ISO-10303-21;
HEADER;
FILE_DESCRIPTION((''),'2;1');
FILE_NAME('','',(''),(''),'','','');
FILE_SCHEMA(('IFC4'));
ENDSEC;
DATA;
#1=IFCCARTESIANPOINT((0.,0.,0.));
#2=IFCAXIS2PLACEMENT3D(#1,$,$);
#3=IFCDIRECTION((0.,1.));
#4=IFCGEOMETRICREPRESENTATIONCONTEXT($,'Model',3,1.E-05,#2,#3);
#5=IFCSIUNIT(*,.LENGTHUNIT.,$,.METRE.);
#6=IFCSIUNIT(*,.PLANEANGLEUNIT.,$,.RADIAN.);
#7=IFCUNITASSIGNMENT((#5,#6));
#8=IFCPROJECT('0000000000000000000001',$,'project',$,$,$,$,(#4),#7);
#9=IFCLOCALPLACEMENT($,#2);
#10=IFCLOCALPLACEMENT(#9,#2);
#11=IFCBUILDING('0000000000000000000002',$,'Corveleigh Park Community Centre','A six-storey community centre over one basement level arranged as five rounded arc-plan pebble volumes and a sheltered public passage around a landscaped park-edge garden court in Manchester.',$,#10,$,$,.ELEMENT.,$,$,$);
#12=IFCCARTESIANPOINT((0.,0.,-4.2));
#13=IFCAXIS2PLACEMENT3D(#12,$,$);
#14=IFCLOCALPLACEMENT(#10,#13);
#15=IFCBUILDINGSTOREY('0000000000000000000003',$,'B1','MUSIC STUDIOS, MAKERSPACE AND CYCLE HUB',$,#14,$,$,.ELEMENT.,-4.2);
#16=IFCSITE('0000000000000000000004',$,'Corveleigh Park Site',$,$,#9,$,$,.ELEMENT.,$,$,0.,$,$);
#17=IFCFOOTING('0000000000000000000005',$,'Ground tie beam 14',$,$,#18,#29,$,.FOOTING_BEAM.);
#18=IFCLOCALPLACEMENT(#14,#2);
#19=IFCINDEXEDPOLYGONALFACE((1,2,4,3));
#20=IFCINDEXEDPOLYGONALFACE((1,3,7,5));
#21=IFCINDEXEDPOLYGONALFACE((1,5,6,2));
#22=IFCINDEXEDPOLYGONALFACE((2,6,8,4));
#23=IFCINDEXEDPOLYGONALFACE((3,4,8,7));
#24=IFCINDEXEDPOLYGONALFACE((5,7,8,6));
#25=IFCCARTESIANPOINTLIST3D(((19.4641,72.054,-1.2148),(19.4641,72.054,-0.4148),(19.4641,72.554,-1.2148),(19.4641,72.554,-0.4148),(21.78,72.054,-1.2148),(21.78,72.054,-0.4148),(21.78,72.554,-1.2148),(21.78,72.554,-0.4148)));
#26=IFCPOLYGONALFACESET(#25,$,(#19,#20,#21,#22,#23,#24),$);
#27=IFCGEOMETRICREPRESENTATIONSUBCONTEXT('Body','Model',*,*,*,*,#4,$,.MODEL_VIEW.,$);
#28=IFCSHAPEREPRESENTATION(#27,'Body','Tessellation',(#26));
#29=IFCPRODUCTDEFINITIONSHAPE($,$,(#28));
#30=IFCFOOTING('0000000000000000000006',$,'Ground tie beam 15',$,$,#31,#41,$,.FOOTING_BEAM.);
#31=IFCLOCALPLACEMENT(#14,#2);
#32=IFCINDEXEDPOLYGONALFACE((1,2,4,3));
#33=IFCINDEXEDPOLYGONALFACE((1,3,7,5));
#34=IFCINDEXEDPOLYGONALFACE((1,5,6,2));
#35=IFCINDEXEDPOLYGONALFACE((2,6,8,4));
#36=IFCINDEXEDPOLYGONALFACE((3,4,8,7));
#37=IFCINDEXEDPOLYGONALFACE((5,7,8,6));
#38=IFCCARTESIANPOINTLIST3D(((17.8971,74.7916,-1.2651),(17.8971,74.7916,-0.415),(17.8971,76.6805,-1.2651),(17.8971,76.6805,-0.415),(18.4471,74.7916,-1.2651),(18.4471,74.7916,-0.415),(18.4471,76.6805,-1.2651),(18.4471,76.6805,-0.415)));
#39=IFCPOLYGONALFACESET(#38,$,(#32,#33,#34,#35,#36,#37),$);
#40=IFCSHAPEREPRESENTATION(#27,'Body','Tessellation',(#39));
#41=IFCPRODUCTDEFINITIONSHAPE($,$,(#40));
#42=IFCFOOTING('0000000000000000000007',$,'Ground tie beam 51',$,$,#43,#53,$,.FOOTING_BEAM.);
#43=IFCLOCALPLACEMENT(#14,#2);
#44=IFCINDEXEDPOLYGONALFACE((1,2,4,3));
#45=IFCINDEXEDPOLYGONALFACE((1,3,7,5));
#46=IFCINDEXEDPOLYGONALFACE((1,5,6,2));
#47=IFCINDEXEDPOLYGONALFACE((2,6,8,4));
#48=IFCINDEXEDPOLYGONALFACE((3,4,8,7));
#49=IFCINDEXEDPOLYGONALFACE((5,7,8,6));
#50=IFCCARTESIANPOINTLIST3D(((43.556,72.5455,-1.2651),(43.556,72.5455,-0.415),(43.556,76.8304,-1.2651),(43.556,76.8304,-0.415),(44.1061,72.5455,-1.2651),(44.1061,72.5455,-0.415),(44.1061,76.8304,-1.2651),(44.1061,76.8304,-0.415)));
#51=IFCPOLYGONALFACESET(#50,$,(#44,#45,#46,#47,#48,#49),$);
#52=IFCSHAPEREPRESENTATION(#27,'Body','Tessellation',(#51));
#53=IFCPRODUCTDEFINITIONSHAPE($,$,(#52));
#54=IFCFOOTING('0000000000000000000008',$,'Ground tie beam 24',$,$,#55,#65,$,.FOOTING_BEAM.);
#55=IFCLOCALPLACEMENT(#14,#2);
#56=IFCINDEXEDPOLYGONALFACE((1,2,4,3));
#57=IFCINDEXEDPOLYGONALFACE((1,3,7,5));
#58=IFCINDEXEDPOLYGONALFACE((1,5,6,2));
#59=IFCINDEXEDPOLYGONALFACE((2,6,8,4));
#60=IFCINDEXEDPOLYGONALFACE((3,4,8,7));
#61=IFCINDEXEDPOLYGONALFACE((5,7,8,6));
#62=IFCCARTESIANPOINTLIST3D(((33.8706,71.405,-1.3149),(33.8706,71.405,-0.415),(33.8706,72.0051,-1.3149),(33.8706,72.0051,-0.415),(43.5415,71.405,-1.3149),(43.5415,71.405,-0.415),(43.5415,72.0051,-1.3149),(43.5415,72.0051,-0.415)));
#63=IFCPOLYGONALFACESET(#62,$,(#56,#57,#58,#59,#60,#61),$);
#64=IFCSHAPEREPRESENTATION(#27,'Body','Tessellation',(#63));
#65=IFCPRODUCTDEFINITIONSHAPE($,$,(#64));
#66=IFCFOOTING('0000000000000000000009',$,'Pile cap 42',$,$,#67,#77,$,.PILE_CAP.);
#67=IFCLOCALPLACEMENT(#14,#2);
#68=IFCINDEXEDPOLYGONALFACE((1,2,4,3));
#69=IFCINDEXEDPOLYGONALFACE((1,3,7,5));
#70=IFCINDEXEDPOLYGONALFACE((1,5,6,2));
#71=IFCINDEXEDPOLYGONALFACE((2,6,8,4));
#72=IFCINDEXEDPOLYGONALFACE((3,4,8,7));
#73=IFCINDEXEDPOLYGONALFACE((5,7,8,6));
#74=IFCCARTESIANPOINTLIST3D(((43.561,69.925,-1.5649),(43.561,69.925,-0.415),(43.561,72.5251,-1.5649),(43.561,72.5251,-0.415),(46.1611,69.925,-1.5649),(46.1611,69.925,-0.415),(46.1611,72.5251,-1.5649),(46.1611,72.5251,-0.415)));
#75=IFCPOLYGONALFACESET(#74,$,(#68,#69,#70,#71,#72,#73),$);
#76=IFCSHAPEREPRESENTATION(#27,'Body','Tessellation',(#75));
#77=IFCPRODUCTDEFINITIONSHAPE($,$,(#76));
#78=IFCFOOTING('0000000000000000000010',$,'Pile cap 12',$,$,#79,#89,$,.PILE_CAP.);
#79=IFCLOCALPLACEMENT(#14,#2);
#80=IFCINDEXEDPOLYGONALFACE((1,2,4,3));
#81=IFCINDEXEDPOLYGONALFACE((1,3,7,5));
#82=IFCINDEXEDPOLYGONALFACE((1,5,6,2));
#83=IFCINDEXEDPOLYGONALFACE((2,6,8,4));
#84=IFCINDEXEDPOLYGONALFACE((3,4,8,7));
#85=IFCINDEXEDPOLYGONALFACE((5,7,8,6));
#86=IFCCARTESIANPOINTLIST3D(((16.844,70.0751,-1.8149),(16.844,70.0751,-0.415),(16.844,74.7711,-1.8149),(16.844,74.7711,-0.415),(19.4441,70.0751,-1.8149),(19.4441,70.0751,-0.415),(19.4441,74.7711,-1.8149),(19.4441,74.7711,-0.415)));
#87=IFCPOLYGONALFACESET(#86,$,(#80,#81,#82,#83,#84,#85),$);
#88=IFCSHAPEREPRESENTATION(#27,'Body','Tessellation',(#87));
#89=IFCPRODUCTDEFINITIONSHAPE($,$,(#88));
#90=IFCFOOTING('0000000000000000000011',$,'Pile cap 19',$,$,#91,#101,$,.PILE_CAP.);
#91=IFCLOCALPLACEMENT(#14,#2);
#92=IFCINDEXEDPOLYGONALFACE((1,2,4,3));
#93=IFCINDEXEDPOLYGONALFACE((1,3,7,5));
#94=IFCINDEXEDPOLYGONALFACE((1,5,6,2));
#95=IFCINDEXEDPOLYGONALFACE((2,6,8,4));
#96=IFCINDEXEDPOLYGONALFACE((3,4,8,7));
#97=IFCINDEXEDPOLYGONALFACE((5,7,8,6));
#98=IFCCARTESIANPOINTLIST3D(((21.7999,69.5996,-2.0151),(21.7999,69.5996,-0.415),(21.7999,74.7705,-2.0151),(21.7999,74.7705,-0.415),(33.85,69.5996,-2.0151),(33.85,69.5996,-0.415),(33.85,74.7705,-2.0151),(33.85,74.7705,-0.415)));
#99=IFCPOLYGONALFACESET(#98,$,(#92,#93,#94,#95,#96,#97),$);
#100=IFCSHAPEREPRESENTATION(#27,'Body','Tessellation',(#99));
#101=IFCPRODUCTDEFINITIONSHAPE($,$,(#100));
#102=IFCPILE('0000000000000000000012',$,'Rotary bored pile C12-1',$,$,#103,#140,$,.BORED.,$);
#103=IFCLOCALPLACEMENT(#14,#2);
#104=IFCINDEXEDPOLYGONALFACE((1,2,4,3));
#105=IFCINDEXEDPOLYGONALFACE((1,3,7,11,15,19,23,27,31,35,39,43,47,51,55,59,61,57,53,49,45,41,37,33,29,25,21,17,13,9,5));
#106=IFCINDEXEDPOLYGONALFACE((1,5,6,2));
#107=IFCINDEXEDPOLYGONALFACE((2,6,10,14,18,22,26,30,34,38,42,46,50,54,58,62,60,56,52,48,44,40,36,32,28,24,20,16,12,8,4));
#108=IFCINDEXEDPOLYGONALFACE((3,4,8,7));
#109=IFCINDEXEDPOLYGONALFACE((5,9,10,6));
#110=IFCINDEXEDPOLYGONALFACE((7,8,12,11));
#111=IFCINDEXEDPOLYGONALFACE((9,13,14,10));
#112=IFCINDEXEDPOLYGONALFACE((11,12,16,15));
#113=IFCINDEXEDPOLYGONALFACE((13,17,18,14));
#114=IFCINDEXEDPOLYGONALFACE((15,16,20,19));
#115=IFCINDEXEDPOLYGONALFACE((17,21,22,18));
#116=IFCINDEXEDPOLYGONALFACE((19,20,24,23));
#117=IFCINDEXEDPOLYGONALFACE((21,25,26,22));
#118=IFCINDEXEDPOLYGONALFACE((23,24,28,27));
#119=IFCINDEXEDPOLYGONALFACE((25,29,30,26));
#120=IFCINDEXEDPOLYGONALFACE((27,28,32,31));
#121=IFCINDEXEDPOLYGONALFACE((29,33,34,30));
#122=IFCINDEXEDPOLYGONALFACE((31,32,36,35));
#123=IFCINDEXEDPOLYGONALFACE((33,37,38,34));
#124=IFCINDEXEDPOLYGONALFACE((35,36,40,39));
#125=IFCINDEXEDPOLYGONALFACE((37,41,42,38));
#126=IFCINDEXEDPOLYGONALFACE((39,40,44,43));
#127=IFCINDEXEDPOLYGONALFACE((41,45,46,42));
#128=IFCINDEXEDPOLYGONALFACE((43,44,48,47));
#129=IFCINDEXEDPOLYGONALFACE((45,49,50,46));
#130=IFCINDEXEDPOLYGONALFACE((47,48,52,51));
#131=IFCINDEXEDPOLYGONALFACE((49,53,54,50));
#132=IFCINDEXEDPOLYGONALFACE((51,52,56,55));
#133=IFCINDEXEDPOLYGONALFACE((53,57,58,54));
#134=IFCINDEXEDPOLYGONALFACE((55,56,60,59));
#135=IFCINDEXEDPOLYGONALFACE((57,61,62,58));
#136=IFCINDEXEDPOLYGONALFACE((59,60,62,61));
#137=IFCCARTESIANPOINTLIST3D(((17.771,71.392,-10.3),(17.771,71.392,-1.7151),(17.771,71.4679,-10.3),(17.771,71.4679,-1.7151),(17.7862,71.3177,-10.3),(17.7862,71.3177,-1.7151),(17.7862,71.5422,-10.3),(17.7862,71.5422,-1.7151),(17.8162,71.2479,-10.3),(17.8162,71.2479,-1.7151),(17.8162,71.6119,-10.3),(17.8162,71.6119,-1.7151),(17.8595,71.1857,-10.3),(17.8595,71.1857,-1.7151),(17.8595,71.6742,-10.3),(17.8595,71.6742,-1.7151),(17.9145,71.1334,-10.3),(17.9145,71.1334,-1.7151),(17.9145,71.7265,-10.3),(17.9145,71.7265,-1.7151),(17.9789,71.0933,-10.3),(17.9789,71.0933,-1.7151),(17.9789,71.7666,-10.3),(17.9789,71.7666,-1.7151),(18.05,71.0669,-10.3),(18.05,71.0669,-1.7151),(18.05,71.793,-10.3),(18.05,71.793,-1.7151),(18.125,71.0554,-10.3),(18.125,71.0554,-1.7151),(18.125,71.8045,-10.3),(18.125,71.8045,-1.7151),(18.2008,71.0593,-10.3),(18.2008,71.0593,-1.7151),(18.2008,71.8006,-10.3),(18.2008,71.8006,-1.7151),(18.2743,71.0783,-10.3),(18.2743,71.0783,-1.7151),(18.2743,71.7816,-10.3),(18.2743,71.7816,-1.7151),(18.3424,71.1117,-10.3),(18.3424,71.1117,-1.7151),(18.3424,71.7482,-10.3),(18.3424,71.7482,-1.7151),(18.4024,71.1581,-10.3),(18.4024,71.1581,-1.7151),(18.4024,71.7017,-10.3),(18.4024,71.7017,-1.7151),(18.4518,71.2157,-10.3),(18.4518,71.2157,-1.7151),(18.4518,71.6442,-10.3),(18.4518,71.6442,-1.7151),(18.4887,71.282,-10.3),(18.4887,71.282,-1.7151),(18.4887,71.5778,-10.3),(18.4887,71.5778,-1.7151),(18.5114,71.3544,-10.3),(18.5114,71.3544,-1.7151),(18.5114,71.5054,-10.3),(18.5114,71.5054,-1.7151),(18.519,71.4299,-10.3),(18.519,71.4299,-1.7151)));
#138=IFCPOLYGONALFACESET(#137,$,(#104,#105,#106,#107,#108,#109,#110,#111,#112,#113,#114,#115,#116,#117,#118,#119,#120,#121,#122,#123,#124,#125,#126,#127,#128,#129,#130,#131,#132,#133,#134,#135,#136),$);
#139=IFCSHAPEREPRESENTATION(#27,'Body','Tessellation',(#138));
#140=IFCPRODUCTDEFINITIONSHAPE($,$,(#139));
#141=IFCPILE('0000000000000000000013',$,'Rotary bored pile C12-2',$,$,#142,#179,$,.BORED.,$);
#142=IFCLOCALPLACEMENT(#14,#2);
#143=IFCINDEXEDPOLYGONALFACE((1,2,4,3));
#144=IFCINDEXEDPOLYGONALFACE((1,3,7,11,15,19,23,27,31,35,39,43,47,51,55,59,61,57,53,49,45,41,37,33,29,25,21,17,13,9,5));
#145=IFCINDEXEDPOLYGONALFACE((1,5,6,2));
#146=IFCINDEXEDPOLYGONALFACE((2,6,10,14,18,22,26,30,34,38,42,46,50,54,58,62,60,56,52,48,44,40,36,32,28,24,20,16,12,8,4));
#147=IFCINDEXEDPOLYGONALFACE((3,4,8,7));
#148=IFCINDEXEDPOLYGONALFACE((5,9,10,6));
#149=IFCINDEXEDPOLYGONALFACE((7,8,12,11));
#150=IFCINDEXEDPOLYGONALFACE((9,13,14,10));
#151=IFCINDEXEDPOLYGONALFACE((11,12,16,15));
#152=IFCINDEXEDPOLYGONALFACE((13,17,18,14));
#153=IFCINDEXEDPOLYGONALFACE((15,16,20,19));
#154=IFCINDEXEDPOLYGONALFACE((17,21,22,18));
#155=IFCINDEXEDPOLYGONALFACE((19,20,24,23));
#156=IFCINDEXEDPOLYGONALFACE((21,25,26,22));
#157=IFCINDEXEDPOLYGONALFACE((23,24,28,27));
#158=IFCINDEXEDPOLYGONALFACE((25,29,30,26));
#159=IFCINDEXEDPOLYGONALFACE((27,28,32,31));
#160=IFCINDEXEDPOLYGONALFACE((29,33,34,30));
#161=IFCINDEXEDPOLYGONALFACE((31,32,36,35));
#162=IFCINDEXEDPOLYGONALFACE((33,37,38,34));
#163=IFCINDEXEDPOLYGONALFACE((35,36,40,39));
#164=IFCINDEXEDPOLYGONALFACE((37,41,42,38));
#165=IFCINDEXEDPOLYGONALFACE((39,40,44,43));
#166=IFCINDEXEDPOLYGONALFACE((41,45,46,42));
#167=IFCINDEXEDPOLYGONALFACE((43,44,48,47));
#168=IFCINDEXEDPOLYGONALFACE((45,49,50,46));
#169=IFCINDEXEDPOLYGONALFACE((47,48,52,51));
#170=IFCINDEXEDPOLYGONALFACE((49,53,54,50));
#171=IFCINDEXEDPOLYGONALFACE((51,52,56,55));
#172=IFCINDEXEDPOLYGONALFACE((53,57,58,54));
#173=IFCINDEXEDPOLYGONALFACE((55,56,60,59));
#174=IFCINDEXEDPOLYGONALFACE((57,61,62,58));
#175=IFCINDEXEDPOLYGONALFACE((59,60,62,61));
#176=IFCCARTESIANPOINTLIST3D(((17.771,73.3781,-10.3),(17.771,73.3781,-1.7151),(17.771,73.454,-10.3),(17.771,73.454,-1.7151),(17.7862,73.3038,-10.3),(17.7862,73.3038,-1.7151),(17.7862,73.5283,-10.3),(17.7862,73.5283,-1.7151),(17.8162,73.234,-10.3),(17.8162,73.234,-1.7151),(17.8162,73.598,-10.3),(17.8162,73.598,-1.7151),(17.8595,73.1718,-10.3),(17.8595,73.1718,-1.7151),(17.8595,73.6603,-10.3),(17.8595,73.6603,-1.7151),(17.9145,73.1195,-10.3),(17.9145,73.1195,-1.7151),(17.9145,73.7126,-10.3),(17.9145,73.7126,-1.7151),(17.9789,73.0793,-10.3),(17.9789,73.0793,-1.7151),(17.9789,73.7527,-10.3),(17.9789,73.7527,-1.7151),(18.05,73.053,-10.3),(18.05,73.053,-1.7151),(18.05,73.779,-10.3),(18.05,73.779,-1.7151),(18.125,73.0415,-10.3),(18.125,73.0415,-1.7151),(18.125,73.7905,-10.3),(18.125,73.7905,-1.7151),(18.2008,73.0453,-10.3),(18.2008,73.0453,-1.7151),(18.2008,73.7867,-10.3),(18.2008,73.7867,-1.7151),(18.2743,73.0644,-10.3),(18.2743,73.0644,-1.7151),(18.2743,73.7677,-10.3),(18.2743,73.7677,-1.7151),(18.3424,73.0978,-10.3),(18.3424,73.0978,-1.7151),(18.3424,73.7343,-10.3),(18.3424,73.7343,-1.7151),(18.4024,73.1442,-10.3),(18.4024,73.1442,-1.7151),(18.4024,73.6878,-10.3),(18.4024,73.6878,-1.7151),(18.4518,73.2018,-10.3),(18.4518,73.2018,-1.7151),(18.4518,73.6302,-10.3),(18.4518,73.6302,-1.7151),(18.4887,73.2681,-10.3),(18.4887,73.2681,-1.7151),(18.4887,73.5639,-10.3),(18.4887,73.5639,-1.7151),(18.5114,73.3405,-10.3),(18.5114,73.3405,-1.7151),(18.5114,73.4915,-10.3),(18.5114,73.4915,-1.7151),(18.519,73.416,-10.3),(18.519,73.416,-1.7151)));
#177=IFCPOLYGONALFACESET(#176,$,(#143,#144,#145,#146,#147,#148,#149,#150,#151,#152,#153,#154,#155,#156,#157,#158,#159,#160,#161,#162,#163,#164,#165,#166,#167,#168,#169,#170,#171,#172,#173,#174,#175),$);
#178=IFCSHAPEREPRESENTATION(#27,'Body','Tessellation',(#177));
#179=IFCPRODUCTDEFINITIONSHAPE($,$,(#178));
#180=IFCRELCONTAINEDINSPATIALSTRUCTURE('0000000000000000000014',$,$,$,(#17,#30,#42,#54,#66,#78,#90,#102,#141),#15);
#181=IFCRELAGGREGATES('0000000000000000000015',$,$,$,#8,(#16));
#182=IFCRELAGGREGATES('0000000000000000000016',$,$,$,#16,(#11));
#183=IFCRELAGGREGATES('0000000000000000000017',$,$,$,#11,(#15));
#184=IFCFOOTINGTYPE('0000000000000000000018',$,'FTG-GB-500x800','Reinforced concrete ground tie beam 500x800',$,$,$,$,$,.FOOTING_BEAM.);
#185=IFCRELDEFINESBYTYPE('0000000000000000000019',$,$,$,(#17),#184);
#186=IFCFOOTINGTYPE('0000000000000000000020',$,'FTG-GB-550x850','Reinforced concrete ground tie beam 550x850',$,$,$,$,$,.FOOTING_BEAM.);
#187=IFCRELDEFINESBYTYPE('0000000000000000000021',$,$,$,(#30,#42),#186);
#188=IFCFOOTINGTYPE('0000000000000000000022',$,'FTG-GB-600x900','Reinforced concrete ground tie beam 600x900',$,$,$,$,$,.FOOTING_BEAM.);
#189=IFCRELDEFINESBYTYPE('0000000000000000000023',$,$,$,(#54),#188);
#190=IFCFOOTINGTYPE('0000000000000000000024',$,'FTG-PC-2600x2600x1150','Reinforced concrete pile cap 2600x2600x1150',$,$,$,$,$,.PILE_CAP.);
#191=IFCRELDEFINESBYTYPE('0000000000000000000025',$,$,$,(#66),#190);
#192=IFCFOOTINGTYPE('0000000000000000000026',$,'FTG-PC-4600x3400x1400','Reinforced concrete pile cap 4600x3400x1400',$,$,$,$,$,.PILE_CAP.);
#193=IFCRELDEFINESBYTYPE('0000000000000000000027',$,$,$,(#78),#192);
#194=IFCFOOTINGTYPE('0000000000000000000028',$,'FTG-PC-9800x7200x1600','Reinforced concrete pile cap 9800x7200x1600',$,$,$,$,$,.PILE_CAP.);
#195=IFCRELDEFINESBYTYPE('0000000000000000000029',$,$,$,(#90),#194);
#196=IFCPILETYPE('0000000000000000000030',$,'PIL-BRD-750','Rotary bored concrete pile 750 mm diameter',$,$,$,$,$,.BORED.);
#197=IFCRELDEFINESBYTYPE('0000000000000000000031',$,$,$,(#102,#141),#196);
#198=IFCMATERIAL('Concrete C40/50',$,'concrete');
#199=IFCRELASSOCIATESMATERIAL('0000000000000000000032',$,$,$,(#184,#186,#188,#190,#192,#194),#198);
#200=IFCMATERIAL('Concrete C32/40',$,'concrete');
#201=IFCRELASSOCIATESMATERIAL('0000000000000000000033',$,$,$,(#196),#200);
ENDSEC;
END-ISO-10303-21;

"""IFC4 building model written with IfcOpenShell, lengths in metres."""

from ifc_helpers import new_model, si_unit, direction, frame, origin, origin_2d, place, context, subcontext, project, spatial, rectangle, circle, extrude, material, material_profile, profile_set, type_object, element, save


model = new_model("IFC4")

# Units and contexts
model_context = context("Model", 3, precision=1e-05, world=origin(), true_north=direction((0.0, 1.0)))
body_context = subcontext(model_context, "Body", "Model", "MODEL_VIEW")
ifc_project = project(units=[si_unit("LENGTHUNIT", "METRE"), si_unit("PLANEANGLEUNIT", "RADIAN")], contexts=[model_context])

# Site, building, storey
site_placement = place(None, origin())
site = spatial("IfcSite", under=ifc_project, at=site_placement, Name="Corveleigh Park Site", CompositionType="ELEMENT", RefElevation=0.0)
building_placement = place(site_placement, origin())
building = spatial("IfcBuilding", under=site, at=building_placement, Name="Corveleigh Park Community Centre", Description="A six-storey community centre over one basement level arranged as five rounded arc-plan pebble volumes and a sheltered public passage around a landscaped park-edge garden court in Manchester.", CompositionType="ELEMENT")
storey_placement = place(building_placement, frame((0.0, 0.0, -4.2)))
storey = spatial("IfcBuildingStorey", under=building, at=storey_placement, Name="B1", Description="MUSIC STUDIOS, MAKERSPACE AND CYCLE HUB", CompositionType="ELEMENT", Elevation=-4.2)

# Footings
ifc_material_1 = material(Name="Concrete C40/50", Category="concrete")
footing_type_1 = type_object("IfcFootingType", Name="FTG-GB-500x800", Description="Reinforced concrete ground tie beam 500x800", PredefinedType="FOOTING_BEAM", material=ifc_material_1)
footing_1_placement = place(storey_placement, frame((20.6221, 72.304, -1.2148), z_axis=(0.0, 0.0, 1.0), x_axis=(1.0, 0.0, 0.0)))
element("IfcFooting", 1, at=footing_1_placement, inside=storey, type_object=footing_type_1, Name="Ground tie beam 14", PredefinedType="FOOTING_BEAM", context=body_context, shape_type="SweptSolid", body=[
    extrude(rectangle(XDim=2.3159, YDim=0.5, at=origin_2d()), origin(), (0.0, 0.0, 1.0), 0.8),
])
footing_type_2 = type_object("IfcFootingType", Name="FTG-GB-550x850", Description="Reinforced concrete ground tie beam 550x850", PredefinedType="FOOTING_BEAM", material=ifc_material_1)
footing_2_placement = place(storey_placement, frame((18.1721, 75.7361, -1.2651), z_axis=(0.0, 0.0, 1.0), x_axis=(1.0, 0.0, 0.0)))
element("IfcFooting", 2, at=footing_2_placement, inside=storey, type_object=footing_type_2, Name="Ground tie beam 15", PredefinedType="FOOTING_BEAM", context=body_context, shape_type="SweptSolid", body=[
    extrude(rectangle(XDim=0.55, YDim=1.8889, at=origin_2d()), origin(), (0.0, 0.0, 1.0), 0.8501),
])
footing_3_placement = place(storey_placement, frame((43.8311, 74.688, -1.2651), z_axis=(0.0, 0.0, 1.0), x_axis=(1.0, 0.0, 0.0)))
element("IfcFooting", 3, at=footing_3_placement, inside=storey, type_object=footing_type_2, Name="Ground tie beam 51", PredefinedType="FOOTING_BEAM", context=body_context, shape_type="SweptSolid", body=[
    extrude(rectangle(XDim=0.55, YDim=4.2849, at=origin_2d()), origin(), (0.0, 0.0, 1.0), 0.8501),
])
footing_type_3 = type_object("IfcFootingType", Name="FTG-GB-600x900", Description="Reinforced concrete ground tie beam 600x900", PredefinedType="FOOTING_BEAM", material=ifc_material_1)
footing_4_placement = place(storey_placement, frame((38.7061, 71.7051, -1.3149), z_axis=(0.0, 0.0, 1.0), x_axis=(1.0, 0.0, 0.0)))
element("IfcFooting", 4, at=footing_4_placement, inside=storey, type_object=footing_type_3, Name="Ground tie beam 24", PredefinedType="FOOTING_BEAM", context=body_context, shape_type="SweptSolid", body=[
    extrude(rectangle(XDim=9.6709, YDim=0.6001, at=origin_2d()), origin(), (0.0, 0.0, 1.0), 0.8999),
])
footing_type_4 = type_object("IfcFootingType", Name="FTG-PC-2600x2600x1150", Description="Reinforced concrete pile cap 2600x2600x1150", PredefinedType="PILE_CAP", material=ifc_material_1)
footing_5_placement = place(storey_placement, frame((44.8611, 71.2251, -1.5649), z_axis=(0.0, 0.0, 1.0), x_axis=(1.0, 0.0, 0.0)))
element("IfcFooting", 5, at=footing_5_placement, inside=storey, type_object=footing_type_4, Name="Pile cap 42", PredefinedType="PILE_CAP", context=body_context, shape_type="SweptSolid", body=[
    extrude(rectangle(XDim=2.6001, YDim=2.6001, at=origin_2d()), origin(), (0.0, 0.0, 1.0), 1.1499),
])
footing_type_5 = type_object("IfcFootingType", Name="FTG-PC-4600x3400x1400", Description="Reinforced concrete pile cap 4600x3400x1400", PredefinedType="PILE_CAP", material=ifc_material_1)
footing_6_placement = place(storey_placement, frame((18.144, 72.4231, -1.8149), z_axis=(0.0, 0.0, 1.0), x_axis=(1.0, 0.0, 0.0)))
element("IfcFooting", 6, at=footing_6_placement, inside=storey, type_object=footing_type_5, Name="Pile cap 12", PredefinedType="PILE_CAP", context=body_context, shape_type="SweptSolid", body=[
    extrude(rectangle(XDim=2.6001, YDim=4.696, at=origin_2d()), origin(), (0.0, 0.0, 1.0), 1.3999),
])
footing_type_6 = type_object("IfcFootingType", Name="FTG-PC-9800x7200x1600", Description="Reinforced concrete pile cap 9800x7200x1600", PredefinedType="PILE_CAP", material=ifc_material_1)
footing_7_placement = place(storey_placement, frame((27.825, 72.1851, -2.0151), z_axis=(0.0, 0.0, 1.0), x_axis=(1.0, 0.0, 0.0)))
element("IfcFooting", 7, at=footing_7_placement, inside=storey, type_object=footing_type_6, Name="Pile cap 19", PredefinedType="PILE_CAP", context=body_context, shape_type="SweptSolid", body=[
    extrude(rectangle(XDim=12.05, YDim=5.1709, at=origin_2d()), origin(), (0.0, 0.0, 1.0), 1.6001),
])

# Piles
ifc_material_2 = material(Name="Concrete C32/40", Category="concrete")
ifc_material_profile_1 = material_profile(ifc_material_2, circle(Radius=0.375, at=origin_2d()), Name="BORED-PILE-750", Category="concrete")
ifc_profile_set_1 = profile_set([ifc_material_profile_1], Name="Concrete C32/40")
pile_type_1 = type_object("IfcPileType", Name="PIL-BRD-750", Description="Rotary bored concrete pile 750 mm diameter", PredefinedType="BORED", material=ifc_profile_set_1)
for number, where, z_axis, x_axis, name in (
    (8, (18.144, 71.4299, -1.7151), (0.0, 0.0, -1.0), (1.0, 0.0, 0.0), "Rotary bored pile C12-1"),
    (9, (18.144, 73.416, -1.7151), (0.0, 0.0, -1.0), (1.0, 0.0, 0.0), "Rotary bored pile C12-2"),
):
    element("IfcPile", number, at=place(storey_placement, frame(where, z_axis=z_axis, x_axis=x_axis)), inside=storey, type_object=pile_type_1, Name=name, PredefinedType="BORED", context=body_context, shape_type="SweptSolid", body=[
        extrude(circle(Radius=0.375, at=origin_2d()), origin(), (0.0, 0.0, 1.0), 8.585),
    ])

save(model, "model.ifc")
